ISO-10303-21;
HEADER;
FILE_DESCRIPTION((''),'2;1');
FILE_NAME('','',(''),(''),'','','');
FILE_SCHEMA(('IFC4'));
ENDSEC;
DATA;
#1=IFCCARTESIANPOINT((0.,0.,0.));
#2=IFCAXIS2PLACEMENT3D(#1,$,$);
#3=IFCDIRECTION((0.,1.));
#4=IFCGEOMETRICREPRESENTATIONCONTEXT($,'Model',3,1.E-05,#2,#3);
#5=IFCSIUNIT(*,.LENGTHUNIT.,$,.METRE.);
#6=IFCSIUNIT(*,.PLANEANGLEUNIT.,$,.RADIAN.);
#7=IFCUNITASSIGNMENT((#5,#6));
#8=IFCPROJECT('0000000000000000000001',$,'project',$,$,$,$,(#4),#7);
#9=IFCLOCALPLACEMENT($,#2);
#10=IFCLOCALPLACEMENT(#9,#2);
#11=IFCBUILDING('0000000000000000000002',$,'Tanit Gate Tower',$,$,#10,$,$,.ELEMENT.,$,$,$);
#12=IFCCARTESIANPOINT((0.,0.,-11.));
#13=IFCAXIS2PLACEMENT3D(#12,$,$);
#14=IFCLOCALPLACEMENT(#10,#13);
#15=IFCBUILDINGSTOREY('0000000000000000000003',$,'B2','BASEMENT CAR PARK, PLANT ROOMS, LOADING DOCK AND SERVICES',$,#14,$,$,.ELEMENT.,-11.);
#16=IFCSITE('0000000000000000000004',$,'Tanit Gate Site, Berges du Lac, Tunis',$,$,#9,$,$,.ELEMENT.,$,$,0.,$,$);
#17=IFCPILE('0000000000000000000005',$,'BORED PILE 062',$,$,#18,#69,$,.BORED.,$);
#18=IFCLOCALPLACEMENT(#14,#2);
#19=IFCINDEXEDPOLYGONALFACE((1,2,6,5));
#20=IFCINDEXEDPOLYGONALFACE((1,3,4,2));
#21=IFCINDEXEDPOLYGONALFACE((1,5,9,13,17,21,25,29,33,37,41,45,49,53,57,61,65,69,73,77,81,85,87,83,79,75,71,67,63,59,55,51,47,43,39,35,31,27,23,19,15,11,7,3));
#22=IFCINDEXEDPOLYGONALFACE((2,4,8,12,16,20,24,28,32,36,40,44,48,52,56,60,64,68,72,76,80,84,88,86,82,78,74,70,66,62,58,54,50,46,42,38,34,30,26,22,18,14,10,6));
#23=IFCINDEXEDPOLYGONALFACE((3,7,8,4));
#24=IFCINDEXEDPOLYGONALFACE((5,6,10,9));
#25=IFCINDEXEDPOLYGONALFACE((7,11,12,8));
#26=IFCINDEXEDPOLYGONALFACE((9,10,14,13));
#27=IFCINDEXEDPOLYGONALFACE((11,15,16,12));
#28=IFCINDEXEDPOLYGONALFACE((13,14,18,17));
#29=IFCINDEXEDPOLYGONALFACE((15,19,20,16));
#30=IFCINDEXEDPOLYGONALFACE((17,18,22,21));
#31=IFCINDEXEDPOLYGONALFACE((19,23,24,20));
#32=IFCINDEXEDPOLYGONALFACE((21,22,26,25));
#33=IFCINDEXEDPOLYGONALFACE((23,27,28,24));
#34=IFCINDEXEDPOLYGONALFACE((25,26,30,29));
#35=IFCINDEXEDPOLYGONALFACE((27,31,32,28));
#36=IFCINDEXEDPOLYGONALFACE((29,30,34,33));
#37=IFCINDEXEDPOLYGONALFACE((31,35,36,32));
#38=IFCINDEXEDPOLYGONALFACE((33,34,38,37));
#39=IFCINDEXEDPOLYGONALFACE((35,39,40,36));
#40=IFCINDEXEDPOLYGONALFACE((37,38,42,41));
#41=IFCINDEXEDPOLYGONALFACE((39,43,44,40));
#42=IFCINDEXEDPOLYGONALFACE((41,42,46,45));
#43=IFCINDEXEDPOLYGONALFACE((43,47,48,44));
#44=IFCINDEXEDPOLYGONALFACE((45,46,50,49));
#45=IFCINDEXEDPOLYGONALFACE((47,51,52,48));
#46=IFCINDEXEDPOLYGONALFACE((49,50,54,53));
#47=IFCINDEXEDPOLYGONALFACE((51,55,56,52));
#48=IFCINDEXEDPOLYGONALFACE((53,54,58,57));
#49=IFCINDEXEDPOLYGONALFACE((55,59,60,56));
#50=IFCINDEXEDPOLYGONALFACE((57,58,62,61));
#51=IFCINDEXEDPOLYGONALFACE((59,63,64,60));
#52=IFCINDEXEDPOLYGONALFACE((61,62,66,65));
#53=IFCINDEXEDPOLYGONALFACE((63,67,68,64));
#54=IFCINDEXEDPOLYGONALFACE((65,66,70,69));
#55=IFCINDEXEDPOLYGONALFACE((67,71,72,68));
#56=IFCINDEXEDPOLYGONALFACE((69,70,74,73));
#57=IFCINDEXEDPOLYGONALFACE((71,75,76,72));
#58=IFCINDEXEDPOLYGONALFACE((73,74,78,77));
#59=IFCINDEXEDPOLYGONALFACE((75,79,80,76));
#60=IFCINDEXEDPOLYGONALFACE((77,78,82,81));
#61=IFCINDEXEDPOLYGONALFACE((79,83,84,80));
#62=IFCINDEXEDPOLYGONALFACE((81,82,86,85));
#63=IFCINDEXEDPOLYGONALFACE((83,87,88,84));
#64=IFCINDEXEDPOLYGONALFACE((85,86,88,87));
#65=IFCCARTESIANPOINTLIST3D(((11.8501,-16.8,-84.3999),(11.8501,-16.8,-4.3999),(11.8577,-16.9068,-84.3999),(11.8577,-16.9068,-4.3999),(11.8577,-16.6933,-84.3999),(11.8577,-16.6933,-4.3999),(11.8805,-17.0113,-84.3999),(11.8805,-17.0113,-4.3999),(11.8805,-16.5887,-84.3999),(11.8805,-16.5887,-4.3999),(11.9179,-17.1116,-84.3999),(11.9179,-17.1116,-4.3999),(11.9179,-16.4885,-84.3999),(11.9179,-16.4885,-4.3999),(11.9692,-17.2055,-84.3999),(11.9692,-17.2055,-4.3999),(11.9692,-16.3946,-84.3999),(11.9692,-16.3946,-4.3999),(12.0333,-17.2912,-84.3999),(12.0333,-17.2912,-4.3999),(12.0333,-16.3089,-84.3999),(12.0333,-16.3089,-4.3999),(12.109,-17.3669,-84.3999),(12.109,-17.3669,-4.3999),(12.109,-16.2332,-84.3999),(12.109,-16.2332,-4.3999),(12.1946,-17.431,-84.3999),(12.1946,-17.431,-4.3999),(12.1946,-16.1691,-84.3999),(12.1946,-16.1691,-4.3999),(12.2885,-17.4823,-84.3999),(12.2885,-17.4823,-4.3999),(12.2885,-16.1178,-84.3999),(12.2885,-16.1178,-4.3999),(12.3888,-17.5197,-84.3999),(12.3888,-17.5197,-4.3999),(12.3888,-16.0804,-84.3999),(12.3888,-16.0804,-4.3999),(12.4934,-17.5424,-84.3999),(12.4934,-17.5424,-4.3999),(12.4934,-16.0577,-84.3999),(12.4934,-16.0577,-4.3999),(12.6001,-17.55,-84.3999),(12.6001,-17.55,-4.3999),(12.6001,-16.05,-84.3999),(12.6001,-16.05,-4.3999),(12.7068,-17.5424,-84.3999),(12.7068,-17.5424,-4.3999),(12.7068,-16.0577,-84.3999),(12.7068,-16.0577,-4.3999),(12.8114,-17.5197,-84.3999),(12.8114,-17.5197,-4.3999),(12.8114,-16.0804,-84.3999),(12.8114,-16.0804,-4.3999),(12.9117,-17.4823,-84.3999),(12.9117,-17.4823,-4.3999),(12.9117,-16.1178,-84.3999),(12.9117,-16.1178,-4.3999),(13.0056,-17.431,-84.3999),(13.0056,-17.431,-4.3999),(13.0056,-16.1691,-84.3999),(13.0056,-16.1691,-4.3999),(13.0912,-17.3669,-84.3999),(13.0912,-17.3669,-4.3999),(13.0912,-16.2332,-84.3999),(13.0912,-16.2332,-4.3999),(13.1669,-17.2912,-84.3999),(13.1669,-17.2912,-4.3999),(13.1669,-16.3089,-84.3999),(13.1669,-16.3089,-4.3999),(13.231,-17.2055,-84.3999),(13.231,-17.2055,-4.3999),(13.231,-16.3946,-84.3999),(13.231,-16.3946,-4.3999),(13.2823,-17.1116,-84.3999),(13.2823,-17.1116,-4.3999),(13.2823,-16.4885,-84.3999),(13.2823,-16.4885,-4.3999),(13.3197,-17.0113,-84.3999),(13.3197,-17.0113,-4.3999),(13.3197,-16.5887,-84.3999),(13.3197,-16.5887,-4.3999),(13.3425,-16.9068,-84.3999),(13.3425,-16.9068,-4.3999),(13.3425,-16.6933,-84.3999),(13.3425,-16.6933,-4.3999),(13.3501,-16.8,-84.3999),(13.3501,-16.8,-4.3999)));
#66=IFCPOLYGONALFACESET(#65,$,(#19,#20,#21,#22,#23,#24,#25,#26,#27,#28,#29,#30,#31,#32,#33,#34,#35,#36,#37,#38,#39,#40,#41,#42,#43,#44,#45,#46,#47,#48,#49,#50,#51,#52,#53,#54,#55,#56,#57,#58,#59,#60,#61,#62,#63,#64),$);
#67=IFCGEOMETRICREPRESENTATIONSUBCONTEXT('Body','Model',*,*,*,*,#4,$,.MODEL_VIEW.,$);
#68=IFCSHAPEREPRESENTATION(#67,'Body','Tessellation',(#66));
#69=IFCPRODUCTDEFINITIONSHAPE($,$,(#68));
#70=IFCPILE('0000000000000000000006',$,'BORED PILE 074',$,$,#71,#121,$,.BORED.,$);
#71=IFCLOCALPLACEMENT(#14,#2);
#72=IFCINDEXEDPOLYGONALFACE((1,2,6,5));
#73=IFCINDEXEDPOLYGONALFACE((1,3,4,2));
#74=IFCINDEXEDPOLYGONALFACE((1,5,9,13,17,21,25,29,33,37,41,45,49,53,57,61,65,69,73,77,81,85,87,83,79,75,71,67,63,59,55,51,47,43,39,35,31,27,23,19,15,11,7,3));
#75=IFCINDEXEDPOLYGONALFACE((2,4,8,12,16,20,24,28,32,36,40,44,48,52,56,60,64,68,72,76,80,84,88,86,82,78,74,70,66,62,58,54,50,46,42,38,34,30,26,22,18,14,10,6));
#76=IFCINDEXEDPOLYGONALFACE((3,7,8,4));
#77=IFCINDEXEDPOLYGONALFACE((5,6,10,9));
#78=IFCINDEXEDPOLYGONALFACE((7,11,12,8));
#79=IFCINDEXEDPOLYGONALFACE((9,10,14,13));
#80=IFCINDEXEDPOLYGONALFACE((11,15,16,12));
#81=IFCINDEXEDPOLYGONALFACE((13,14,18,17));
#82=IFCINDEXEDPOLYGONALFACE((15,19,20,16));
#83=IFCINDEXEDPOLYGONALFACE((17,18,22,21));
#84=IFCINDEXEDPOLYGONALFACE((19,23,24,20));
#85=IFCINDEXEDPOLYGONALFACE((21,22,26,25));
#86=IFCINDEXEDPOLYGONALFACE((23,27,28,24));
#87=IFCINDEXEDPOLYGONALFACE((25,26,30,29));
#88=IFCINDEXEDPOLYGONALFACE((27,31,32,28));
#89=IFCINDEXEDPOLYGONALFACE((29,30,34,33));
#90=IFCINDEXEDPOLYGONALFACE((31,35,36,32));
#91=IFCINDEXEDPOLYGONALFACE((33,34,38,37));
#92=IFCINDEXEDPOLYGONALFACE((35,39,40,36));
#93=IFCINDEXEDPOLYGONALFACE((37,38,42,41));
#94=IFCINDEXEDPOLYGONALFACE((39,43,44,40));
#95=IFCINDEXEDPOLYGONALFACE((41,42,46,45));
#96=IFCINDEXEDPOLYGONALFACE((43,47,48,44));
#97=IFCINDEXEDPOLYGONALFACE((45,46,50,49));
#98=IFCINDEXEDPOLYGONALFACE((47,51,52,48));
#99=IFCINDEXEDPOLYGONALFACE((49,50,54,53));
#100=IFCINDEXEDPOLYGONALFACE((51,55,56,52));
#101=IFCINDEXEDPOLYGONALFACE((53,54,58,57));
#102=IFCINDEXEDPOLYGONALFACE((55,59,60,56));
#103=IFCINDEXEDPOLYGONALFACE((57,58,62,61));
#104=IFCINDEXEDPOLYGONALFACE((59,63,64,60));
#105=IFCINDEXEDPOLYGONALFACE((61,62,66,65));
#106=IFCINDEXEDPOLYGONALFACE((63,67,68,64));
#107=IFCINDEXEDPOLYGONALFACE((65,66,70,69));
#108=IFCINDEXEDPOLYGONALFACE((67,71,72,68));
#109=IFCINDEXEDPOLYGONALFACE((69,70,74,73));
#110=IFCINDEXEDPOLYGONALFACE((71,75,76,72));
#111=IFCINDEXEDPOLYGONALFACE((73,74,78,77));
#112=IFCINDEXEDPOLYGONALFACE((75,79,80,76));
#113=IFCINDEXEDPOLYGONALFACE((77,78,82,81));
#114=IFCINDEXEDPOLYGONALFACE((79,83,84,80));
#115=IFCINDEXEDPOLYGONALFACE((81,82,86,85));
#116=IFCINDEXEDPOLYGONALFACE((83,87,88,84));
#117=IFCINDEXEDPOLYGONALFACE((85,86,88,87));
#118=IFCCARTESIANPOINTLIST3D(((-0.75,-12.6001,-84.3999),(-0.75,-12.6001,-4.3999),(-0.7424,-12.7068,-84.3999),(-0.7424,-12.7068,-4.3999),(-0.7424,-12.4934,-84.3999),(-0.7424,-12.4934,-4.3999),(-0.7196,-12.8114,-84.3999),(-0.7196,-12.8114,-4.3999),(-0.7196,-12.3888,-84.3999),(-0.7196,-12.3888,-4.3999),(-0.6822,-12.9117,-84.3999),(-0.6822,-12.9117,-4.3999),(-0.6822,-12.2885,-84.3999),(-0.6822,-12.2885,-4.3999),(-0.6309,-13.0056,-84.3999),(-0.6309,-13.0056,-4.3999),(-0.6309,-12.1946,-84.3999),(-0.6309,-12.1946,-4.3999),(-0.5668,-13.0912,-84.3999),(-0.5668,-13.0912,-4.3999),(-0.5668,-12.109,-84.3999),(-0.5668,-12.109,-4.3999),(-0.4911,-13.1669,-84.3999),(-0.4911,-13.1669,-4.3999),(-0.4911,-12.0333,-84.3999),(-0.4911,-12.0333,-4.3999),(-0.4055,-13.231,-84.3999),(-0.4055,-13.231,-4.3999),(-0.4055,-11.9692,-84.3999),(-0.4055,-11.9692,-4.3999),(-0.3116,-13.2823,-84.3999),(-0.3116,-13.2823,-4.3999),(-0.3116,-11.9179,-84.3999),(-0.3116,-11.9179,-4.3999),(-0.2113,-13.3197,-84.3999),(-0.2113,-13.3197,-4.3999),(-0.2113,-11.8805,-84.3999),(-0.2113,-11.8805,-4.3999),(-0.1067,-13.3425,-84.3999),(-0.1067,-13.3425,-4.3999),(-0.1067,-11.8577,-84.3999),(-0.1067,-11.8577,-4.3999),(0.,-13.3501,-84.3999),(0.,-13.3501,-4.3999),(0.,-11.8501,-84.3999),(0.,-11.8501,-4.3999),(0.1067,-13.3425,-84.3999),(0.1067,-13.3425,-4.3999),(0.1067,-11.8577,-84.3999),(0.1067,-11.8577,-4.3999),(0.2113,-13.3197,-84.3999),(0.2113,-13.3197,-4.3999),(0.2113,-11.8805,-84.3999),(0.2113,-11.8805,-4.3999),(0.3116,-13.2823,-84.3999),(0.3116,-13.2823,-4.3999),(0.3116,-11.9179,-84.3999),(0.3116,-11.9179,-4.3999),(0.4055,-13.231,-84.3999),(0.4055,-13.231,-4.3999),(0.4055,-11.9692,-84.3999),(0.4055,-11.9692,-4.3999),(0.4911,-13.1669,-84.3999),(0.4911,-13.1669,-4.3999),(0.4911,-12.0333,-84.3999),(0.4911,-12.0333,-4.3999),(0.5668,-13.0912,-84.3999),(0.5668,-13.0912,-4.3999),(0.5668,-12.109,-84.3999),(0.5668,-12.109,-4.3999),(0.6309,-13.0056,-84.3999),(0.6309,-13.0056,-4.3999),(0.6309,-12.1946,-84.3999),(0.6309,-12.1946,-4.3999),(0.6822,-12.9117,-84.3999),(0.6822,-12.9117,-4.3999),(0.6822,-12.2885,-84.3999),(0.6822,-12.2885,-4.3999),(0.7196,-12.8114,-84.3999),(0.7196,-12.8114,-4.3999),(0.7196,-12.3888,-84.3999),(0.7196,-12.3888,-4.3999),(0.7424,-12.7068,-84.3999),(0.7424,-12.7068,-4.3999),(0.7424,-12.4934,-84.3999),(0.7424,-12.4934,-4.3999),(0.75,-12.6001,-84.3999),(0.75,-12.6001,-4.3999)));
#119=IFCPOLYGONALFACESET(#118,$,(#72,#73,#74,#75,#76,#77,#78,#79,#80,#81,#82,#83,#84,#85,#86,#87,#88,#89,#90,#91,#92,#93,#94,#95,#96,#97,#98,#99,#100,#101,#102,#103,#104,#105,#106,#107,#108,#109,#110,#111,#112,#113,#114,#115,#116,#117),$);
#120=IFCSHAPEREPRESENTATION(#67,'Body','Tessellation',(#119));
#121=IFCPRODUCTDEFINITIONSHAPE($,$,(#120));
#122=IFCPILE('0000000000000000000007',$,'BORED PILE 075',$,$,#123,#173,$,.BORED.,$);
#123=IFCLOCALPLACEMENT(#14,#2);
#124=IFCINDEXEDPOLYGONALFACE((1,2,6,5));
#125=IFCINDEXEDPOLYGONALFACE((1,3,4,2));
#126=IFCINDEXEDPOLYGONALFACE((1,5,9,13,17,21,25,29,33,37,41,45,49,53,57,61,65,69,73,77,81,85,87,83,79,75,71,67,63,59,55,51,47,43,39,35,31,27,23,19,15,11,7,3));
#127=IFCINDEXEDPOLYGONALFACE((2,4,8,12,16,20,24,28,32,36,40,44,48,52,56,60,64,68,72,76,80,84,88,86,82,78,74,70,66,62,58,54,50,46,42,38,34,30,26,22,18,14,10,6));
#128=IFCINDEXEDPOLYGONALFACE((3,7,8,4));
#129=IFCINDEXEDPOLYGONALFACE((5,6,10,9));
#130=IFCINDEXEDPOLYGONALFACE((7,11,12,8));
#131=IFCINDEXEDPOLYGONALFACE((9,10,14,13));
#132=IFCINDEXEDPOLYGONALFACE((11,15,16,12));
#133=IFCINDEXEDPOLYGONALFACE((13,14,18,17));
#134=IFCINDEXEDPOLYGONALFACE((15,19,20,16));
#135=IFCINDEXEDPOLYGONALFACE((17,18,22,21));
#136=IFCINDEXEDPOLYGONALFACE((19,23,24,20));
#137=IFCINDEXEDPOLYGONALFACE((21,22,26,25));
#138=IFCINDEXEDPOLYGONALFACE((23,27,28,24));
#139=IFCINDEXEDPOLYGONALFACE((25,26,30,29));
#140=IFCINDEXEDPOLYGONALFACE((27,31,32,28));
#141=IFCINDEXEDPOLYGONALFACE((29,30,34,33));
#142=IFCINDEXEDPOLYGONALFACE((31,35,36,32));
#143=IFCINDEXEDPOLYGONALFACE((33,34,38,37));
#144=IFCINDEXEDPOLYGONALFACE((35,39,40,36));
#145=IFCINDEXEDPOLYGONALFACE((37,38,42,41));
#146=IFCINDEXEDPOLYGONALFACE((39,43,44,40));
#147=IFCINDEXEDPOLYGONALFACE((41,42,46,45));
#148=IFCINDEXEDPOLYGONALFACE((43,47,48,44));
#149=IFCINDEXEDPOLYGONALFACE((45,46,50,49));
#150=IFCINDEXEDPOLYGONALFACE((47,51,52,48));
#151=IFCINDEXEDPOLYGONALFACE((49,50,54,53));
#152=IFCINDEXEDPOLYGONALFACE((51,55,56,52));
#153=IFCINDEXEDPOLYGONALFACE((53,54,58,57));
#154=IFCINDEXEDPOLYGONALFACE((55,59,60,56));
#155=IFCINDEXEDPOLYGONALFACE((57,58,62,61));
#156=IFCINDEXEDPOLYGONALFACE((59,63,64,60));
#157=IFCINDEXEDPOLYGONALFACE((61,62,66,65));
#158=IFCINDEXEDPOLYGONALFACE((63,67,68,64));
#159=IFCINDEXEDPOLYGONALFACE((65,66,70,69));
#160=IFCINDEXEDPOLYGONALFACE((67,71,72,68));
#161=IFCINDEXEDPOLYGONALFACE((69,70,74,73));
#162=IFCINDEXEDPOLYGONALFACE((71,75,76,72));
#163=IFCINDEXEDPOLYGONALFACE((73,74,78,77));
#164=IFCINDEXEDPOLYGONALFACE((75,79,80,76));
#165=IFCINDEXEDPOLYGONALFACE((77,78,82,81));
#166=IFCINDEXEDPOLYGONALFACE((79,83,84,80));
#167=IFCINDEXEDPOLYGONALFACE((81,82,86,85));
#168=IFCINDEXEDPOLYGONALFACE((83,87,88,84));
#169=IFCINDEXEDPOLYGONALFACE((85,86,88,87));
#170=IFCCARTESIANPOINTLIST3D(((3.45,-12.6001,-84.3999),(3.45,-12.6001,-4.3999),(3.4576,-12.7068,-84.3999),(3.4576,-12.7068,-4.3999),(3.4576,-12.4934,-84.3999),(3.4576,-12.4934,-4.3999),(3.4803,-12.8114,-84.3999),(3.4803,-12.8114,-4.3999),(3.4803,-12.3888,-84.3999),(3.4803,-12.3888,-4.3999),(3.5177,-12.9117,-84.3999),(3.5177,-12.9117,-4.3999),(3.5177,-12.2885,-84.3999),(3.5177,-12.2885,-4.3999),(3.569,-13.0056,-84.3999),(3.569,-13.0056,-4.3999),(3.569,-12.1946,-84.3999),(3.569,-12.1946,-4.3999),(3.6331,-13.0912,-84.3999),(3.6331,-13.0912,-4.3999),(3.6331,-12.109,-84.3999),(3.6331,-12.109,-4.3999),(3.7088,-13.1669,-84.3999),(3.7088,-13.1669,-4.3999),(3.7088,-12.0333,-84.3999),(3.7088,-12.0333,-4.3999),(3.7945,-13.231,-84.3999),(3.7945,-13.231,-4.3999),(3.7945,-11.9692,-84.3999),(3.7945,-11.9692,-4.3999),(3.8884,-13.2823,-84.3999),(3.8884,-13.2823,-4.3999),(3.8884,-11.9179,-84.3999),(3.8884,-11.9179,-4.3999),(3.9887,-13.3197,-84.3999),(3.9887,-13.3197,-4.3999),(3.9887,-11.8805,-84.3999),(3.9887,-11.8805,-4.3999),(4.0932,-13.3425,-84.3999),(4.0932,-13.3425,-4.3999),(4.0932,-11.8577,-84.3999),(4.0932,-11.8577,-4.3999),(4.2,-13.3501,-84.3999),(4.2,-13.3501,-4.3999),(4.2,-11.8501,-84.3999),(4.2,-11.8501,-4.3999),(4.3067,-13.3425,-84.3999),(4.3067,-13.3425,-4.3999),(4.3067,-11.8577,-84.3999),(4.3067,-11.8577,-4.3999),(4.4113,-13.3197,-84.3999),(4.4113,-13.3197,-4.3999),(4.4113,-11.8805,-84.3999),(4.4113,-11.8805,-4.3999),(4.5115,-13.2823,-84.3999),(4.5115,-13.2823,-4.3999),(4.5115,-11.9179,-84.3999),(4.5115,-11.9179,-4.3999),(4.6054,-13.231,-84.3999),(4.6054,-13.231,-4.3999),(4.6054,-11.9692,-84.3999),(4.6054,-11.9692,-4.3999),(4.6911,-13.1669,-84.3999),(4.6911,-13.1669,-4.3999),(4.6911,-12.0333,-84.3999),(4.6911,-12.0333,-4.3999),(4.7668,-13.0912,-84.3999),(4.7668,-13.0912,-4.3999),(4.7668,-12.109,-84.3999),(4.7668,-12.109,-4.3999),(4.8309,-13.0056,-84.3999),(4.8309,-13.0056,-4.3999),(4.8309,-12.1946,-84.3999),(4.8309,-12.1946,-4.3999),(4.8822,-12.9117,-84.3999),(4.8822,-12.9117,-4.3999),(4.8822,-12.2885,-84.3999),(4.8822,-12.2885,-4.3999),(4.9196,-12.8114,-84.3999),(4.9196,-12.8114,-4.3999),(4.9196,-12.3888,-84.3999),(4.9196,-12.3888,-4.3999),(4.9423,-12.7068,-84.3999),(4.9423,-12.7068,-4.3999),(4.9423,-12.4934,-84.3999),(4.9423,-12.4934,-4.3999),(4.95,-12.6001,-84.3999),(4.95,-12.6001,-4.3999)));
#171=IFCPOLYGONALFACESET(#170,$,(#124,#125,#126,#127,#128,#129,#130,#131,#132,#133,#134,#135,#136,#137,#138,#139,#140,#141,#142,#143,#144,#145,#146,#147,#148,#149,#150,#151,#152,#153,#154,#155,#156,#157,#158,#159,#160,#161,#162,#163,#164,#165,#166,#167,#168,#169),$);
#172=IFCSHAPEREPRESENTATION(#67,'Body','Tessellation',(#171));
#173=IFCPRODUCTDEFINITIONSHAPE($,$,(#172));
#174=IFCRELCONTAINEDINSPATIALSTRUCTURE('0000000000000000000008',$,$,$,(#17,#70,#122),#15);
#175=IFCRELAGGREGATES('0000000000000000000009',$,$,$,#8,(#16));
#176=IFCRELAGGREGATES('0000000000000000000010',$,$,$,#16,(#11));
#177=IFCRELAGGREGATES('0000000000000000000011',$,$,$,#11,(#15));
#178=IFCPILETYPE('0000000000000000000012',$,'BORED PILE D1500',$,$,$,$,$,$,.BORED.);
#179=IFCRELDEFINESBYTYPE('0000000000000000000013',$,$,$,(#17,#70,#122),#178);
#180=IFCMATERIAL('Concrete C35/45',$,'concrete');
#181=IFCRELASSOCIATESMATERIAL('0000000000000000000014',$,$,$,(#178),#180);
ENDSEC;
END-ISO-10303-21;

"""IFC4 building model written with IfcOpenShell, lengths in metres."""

from ifc_helpers import new_model, si_unit, direction, frame, origin, origin_2d, place, context, subcontext, project, spatial, circle, extrude, material, material_profile, profile_set, type_object, element, save


model = new_model("IFC4")

# Units and contexts
model_context = context("Model", 3, precision=1e-05, world=origin(), true_north=direction((0.0, 1.0)))
body_context = subcontext(model_context, "Body", "Model", "MODEL_VIEW")
ifc_project = project(units=[si_unit("LENGTHUNIT", "METRE"), si_unit("PLANEANGLEUNIT", "RADIAN")], contexts=[model_context])

# Site, building, storey
site_placement = place(None, origin())
site = spatial("IfcSite", under=ifc_project, at=site_placement, Name="Tanit Gate Site, Berges du Lac, Tunis", CompositionType="ELEMENT", RefElevation=0.0)
building_placement = place(site_placement, origin())
building = spatial("IfcBuilding", under=site, at=building_placement, Name="Tanit Gate Tower", CompositionType="ELEMENT")
storey_placement = place(building_placement, frame((0.0, 0.0, -11.0)))
storey = spatial("IfcBuildingStorey", under=building, at=storey_placement, Name="B2", Description="BASEMENT CAR PARK, PLANT ROOMS, LOADING DOCK AND SERVICES", CompositionType="ELEMENT", Elevation=-11.0)

# Piles
ifc_material_1 = material(Name="Concrete C35/45", Category="concrete")
ifc_material_profile = material_profile(ifc_material_1, circle(Radius=0.75, at=origin_2d()), Name="BORED PILE D1500 C35/45")
ifc_profile_set = profile_set([ifc_material_profile], Name="Concrete C35/45")
pile_type = type_object("IfcPileType", Name="BORED PILE D1500", PredefinedType="BORED", material=ifc_profile_set)
for number, where, z_axis, x_axis, name in (
    (1, (12.6001, -16.8, -4.3999), (0.0, 0.0, -1.0), (1.0, 0.0, 0.0), "BORED PILE 062"),
    (2, (0.0, -12.6001, -4.3999), (0.0, 0.0, -1.0), (1.0, 0.0, 0.0), "BORED PILE 074"),
    (3, (4.2, -12.6001, -4.3999), (0.0, 0.0, -1.0), (1.0, 0.0, 0.0), "BORED PILE 075"),
):
    element("IfcPile", number, at=place(storey_placement, frame(where, z_axis=z_axis, x_axis=x_axis)), inside=storey, type_object=pile_type, Name=name, PredefinedType="BORED", context=body_context, shape_type="SweptSolid", body=[
        extrude(circle(Radius=0.75, at=origin_2d()), origin(), (0.0, 0.0, 1.0), 80.0),
    ])

save(model, "model.ifc")
